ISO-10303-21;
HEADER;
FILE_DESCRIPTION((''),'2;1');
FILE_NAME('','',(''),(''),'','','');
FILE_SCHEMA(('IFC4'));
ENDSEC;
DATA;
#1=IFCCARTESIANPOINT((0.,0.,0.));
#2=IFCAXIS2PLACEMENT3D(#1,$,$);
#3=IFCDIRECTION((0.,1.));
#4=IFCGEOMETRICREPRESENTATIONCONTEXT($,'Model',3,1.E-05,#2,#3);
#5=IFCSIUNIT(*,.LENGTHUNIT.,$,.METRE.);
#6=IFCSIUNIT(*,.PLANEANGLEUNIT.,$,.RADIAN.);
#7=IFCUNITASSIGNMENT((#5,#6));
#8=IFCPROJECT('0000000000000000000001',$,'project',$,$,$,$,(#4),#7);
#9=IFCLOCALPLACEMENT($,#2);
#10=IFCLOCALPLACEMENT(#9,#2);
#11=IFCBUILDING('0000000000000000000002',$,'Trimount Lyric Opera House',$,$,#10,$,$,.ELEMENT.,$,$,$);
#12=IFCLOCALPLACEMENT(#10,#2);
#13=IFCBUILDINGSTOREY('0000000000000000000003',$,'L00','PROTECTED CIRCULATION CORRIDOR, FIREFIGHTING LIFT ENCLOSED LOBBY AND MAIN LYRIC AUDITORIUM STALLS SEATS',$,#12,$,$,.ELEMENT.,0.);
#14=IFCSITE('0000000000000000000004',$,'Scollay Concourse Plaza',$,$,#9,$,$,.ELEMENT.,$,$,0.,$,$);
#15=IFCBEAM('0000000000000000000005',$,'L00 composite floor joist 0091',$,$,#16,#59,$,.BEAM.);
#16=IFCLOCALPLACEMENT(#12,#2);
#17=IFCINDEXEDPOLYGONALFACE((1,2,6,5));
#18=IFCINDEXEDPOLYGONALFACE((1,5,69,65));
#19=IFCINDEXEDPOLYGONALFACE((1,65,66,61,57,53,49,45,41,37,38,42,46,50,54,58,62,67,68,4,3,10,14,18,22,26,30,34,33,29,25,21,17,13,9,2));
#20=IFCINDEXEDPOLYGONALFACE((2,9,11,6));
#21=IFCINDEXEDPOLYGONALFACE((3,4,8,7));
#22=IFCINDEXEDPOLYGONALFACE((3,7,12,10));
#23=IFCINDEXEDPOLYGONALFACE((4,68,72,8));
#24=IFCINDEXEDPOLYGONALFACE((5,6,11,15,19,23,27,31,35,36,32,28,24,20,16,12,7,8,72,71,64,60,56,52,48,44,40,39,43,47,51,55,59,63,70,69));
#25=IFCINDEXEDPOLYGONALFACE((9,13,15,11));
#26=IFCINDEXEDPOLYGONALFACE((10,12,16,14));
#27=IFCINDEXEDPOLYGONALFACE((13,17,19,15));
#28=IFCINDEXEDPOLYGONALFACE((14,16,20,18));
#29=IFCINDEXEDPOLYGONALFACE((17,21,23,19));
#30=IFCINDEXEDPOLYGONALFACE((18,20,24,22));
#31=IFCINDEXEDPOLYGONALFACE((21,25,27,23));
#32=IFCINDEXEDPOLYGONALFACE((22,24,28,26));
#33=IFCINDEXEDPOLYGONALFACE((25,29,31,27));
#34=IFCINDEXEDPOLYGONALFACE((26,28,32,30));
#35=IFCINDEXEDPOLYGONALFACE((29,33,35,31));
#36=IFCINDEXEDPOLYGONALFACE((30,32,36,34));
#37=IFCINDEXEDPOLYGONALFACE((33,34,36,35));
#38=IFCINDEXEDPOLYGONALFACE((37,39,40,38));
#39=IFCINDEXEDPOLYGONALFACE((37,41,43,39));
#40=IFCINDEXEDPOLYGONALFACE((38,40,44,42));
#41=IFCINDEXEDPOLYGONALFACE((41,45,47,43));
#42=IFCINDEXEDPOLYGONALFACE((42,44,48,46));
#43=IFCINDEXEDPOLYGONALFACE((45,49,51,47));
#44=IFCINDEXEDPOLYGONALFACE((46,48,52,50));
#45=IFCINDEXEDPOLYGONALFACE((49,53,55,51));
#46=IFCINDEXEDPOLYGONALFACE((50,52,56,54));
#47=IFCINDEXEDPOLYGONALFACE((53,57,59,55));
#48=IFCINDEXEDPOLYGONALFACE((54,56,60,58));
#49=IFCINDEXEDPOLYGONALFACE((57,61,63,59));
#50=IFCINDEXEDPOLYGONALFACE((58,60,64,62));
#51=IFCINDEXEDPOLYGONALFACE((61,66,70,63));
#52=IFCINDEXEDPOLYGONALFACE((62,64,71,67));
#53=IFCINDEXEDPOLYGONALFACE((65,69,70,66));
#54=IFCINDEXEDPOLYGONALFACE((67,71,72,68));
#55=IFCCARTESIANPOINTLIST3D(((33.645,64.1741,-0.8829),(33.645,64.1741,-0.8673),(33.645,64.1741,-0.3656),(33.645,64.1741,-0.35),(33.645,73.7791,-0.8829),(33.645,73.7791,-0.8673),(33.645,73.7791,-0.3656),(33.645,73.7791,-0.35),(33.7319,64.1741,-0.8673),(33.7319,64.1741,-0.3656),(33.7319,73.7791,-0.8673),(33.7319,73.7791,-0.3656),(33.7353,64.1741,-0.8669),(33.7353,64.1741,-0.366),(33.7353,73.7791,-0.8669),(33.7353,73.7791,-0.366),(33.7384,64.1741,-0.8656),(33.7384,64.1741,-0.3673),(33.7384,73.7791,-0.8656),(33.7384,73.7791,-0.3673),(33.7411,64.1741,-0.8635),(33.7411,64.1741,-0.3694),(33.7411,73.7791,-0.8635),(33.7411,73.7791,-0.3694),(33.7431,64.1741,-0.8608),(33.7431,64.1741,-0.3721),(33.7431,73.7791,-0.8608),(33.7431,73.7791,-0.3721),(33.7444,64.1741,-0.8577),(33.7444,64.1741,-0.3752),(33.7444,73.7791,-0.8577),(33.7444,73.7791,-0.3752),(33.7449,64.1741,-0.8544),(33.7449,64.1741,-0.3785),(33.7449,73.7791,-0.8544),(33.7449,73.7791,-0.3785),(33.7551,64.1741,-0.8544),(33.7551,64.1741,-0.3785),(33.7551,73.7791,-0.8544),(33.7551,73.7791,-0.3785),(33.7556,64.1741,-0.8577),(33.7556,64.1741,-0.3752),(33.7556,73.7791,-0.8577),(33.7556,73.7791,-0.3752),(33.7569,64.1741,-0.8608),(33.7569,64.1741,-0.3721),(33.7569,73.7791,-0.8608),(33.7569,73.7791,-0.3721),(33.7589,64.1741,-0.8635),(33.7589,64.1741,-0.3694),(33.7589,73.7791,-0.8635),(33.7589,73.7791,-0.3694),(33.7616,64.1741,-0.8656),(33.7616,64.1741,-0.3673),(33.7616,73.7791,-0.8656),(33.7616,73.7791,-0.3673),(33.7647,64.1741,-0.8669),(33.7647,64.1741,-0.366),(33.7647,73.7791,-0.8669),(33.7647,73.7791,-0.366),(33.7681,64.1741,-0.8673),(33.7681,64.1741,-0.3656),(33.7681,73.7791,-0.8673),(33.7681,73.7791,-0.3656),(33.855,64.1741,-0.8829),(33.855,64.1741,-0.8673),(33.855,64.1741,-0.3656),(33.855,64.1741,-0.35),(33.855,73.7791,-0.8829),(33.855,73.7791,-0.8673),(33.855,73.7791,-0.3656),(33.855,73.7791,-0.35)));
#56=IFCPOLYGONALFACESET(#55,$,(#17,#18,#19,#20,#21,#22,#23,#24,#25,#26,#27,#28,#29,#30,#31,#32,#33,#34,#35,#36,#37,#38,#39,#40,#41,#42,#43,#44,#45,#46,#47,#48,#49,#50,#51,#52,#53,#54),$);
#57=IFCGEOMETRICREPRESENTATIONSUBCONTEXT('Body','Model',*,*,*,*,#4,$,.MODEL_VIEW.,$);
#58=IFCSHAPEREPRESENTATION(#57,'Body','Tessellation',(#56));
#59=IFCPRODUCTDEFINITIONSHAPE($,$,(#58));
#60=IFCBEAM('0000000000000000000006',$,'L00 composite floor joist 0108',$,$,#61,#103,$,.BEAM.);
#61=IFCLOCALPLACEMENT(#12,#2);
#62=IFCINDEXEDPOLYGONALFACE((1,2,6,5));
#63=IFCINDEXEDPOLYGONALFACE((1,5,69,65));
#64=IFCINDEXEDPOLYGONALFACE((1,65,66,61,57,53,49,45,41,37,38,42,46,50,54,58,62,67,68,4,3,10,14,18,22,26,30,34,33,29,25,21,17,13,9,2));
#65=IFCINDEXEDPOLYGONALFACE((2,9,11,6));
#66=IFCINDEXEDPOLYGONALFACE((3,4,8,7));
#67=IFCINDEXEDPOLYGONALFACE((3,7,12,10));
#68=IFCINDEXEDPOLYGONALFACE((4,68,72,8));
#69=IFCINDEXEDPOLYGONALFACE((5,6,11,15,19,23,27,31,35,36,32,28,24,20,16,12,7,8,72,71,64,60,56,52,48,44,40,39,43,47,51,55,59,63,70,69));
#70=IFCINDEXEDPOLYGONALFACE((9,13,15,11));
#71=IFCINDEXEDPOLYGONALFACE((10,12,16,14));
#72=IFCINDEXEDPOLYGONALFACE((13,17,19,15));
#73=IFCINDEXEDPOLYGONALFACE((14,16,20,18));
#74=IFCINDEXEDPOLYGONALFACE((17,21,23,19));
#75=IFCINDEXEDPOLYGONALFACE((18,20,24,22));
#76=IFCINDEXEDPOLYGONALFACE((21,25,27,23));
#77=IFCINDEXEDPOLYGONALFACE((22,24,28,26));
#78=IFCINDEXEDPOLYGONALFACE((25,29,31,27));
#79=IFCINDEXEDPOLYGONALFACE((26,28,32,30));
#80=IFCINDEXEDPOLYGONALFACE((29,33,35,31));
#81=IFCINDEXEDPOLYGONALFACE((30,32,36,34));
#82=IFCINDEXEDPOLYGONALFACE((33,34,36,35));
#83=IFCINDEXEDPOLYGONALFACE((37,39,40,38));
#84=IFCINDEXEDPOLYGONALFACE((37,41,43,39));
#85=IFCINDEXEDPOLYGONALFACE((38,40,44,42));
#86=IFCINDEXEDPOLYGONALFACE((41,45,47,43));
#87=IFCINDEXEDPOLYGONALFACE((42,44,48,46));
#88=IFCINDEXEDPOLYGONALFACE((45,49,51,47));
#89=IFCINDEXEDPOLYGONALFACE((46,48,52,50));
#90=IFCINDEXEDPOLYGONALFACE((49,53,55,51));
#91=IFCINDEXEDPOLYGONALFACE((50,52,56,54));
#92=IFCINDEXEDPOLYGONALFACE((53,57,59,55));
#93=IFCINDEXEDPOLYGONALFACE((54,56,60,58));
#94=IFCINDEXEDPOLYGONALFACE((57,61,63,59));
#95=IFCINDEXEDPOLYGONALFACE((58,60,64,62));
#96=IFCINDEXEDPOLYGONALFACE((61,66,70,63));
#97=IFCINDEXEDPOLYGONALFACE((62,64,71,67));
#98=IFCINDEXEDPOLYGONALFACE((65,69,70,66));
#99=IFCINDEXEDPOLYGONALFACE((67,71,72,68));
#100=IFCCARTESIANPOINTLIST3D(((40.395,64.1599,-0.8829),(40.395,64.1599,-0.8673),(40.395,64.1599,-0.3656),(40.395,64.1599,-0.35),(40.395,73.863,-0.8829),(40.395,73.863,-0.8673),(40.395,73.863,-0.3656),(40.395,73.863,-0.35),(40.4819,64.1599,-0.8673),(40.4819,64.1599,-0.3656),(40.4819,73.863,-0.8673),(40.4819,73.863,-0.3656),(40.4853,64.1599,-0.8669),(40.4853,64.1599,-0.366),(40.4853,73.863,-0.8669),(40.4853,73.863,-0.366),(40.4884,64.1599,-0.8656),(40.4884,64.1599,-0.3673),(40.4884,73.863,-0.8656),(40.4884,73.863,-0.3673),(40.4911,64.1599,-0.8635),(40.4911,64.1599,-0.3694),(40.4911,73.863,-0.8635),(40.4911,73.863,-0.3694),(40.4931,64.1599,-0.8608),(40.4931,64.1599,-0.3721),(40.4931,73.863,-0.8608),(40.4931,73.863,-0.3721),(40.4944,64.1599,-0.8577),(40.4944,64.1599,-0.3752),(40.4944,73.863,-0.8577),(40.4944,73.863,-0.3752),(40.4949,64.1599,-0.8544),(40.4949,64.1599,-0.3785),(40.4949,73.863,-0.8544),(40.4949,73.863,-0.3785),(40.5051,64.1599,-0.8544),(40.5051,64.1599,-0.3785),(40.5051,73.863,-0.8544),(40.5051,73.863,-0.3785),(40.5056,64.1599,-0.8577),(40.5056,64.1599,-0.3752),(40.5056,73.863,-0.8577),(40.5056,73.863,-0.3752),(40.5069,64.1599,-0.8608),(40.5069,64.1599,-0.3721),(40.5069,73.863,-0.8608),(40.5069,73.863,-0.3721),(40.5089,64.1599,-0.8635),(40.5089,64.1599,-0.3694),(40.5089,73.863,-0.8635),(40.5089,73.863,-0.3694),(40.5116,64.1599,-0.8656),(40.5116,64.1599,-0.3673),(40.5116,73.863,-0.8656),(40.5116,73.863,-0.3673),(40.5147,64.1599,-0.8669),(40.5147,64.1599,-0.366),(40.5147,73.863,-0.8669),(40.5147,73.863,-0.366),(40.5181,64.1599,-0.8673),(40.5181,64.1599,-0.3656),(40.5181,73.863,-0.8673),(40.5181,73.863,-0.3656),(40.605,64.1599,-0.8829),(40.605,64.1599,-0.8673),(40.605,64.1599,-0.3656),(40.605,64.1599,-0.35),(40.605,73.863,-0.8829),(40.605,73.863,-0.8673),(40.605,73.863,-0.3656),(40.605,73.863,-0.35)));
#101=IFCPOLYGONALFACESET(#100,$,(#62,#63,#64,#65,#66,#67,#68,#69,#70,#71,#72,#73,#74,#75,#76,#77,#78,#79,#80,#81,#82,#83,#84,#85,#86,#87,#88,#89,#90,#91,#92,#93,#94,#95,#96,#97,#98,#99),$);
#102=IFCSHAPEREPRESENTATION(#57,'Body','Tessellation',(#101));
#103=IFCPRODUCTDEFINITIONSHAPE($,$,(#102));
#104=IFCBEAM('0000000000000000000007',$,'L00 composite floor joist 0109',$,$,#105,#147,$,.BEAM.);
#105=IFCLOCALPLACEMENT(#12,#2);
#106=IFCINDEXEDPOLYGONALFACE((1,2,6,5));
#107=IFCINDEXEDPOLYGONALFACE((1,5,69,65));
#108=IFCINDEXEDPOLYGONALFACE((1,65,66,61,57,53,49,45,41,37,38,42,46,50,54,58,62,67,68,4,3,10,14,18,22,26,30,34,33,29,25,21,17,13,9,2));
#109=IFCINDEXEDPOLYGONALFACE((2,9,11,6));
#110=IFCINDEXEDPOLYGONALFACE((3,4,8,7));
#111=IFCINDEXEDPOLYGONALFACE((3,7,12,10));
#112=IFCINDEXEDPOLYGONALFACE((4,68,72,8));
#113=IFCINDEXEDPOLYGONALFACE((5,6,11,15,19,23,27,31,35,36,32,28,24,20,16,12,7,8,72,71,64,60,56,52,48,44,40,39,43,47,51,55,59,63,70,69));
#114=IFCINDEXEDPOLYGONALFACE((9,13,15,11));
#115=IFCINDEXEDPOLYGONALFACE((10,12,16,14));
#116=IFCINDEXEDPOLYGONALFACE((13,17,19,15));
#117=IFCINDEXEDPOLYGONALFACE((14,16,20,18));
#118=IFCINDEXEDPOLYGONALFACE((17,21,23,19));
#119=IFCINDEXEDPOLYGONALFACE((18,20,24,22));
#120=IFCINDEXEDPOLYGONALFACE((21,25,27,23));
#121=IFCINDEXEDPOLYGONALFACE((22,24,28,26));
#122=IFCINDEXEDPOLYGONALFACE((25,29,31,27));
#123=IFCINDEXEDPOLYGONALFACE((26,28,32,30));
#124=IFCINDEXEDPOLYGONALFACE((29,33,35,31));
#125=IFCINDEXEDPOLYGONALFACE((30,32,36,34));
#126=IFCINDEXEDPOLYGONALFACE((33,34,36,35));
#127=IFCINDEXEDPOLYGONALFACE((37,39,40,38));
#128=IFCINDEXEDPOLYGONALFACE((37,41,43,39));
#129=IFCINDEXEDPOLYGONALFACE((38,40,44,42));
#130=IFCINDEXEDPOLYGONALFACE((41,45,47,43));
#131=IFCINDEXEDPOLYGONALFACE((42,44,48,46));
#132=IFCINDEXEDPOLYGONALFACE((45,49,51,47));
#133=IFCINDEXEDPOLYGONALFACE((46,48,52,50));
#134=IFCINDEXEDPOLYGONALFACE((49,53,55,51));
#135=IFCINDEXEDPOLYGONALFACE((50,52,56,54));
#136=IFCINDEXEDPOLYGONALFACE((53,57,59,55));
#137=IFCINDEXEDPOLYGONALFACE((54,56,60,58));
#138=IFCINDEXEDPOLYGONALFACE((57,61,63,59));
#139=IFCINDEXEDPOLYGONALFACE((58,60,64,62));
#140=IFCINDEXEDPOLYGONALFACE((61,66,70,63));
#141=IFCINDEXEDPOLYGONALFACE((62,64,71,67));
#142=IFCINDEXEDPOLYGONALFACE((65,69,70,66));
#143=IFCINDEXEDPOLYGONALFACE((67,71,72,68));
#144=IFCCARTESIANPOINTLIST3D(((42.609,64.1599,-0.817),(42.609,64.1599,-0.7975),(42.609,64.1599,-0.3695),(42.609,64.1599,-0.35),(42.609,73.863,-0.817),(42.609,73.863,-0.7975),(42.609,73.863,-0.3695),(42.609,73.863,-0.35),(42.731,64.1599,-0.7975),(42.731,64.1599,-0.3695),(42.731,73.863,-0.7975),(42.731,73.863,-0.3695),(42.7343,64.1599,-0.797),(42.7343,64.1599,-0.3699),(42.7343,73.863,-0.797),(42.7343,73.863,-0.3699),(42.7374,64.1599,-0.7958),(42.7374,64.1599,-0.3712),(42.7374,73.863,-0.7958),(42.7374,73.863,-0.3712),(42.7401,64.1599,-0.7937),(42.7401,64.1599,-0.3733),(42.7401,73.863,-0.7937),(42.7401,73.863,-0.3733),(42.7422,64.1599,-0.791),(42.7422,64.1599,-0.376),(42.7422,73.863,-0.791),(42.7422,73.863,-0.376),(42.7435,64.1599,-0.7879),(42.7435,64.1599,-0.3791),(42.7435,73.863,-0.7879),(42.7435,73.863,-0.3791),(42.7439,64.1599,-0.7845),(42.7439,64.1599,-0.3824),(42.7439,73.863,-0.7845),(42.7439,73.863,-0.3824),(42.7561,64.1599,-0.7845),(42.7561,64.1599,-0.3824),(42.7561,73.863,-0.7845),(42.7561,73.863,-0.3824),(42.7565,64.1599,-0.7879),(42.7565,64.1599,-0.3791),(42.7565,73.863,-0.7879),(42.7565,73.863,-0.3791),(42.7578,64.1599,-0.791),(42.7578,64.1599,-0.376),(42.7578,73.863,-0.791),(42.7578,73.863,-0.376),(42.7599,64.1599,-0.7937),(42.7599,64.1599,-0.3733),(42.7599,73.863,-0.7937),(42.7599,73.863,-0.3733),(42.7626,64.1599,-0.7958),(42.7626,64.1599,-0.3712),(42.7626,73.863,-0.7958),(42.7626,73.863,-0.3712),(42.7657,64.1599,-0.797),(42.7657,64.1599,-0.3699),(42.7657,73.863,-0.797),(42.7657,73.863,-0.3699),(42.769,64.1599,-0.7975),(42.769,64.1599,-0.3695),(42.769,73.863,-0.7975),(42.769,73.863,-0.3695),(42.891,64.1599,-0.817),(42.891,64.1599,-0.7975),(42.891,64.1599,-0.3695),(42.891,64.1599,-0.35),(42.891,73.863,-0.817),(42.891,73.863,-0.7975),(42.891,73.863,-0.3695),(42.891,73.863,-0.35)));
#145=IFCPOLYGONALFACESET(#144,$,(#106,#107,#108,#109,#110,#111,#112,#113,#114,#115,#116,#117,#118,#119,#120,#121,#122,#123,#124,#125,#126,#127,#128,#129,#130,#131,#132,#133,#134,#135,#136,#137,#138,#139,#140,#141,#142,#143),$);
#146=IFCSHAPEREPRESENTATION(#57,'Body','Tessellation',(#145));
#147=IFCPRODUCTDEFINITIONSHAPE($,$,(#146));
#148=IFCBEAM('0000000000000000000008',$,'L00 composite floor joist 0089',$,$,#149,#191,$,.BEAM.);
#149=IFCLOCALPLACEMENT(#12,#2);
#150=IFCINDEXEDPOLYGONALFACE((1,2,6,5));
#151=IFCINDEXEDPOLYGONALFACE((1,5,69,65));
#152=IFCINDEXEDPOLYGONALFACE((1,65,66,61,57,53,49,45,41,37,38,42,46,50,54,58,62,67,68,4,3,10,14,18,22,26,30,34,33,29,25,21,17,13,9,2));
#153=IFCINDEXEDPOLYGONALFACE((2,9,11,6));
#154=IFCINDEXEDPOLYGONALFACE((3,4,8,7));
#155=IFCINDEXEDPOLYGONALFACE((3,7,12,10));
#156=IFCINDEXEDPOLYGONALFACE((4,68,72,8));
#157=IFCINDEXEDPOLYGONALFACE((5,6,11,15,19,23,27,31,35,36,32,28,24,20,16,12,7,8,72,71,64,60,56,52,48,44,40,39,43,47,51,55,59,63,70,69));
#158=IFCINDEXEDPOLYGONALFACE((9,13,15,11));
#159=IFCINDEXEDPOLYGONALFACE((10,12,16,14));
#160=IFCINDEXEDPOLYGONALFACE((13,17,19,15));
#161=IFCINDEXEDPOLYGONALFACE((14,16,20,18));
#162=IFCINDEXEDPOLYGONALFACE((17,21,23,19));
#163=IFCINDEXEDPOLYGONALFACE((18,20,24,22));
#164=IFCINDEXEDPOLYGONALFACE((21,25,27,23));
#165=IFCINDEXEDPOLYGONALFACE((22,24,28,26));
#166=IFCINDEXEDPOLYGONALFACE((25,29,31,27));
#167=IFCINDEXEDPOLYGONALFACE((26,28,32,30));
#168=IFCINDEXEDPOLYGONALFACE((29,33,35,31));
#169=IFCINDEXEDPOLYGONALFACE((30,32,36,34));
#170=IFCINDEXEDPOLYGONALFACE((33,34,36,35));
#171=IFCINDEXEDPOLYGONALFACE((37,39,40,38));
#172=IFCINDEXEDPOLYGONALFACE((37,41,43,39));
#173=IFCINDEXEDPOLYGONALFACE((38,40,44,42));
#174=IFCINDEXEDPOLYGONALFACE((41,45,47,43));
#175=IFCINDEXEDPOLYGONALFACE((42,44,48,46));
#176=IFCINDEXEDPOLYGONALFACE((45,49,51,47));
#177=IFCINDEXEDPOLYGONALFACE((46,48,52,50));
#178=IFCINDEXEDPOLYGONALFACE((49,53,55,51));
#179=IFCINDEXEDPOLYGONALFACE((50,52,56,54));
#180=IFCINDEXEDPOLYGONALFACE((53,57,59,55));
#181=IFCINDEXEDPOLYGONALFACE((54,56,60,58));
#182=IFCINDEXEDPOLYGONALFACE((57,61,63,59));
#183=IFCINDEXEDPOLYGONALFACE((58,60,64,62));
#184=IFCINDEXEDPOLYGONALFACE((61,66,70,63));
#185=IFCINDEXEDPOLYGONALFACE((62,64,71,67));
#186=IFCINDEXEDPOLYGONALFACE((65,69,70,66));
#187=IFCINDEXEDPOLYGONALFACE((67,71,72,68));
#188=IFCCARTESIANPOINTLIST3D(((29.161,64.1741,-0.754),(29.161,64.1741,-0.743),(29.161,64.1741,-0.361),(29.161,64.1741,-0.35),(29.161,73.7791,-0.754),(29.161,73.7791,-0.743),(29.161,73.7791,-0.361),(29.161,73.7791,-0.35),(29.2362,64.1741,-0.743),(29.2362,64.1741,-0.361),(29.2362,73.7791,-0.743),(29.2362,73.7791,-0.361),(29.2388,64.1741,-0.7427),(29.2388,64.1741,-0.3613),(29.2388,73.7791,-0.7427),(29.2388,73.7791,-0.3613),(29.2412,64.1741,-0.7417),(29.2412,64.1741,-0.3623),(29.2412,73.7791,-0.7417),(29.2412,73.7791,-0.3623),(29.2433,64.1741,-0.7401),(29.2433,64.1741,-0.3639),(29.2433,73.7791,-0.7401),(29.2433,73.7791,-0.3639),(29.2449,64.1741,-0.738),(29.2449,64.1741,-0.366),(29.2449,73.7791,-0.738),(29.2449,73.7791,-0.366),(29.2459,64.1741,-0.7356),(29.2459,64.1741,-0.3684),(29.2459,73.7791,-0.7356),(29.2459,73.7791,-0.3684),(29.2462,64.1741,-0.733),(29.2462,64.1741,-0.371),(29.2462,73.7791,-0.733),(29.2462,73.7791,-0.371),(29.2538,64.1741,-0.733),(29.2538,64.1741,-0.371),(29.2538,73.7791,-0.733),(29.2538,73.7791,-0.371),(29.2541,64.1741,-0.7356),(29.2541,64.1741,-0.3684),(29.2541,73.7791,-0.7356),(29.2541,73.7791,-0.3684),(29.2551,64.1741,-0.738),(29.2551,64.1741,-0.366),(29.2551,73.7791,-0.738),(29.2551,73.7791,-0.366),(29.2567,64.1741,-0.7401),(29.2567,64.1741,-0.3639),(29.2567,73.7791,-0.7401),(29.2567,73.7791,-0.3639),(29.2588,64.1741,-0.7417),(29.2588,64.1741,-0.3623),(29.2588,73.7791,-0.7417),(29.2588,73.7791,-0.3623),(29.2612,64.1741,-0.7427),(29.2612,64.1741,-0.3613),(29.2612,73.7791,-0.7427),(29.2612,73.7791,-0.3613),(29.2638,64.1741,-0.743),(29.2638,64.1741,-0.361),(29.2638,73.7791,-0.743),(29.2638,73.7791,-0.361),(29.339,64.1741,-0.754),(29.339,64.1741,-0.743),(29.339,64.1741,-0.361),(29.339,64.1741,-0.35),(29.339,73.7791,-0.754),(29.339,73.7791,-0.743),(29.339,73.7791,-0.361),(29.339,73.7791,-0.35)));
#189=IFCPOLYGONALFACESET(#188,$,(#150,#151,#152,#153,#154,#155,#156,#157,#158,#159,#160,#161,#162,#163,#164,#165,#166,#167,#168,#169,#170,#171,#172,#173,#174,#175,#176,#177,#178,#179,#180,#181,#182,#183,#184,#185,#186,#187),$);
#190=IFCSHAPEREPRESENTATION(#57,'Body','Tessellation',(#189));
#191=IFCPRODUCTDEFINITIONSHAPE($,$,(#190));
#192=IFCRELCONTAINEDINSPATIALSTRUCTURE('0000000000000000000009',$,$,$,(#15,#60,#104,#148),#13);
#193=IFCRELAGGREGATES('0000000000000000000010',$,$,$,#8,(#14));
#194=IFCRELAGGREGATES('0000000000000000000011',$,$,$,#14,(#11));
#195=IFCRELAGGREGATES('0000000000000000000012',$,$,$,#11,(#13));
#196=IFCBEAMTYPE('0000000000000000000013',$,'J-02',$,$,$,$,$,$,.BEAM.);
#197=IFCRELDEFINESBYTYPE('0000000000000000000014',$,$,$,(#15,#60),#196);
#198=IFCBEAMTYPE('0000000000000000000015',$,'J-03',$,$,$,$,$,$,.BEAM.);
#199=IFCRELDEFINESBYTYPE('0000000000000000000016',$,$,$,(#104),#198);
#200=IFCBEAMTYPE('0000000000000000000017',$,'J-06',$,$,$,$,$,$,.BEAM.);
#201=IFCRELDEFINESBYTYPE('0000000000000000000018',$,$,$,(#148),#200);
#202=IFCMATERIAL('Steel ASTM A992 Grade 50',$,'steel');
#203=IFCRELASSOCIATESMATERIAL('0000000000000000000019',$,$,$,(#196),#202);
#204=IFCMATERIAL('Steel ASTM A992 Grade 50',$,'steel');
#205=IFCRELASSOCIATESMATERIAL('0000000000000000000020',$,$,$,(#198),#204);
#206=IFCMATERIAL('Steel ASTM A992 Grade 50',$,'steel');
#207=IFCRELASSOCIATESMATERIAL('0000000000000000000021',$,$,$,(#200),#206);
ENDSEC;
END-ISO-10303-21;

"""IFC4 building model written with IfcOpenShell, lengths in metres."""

from ifc_helpers import new_model, si_unit, direction, frame, origin, origin_2d, place, context, subcontext, project, spatial, i_section, extrude, material, material_profile, profile_set, type_object, element, save


model = new_model("IFC4")

# Units and contexts
model_context = context("Model", 3, precision=1e-05, world=origin(), true_north=direction((0.0, 1.0)))
body_context = subcontext(model_context, "Body", "Model", "MODEL_VIEW")
ifc_project = project(units=[si_unit("LENGTHUNIT", "METRE"), si_unit("PLANEANGLEUNIT", "RADIAN")], contexts=[model_context])

# Site, building, storey
site_placement = place(None, origin())
site = spatial("IfcSite", under=ifc_project, at=site_placement, Name="Scollay Concourse Plaza", CompositionType="ELEMENT", RefElevation=0.0)
building_placement = place(site_placement, origin())
building = spatial("IfcBuilding", under=site, at=building_placement, Name="Trimount Lyric Opera House", CompositionType="ELEMENT")
storey_placement = place(building_placement, origin())
storey = spatial("IfcBuildingStorey", under=building, at=storey_placement, Name="L00", Description="PROTECTED CIRCULATION CORRIDOR, FIREFIGHTING LIFT ENCLOSED LOBBY AND MAIN LYRIC AUDITORIUM STALLS SEATS", CompositionType="ELEMENT", Elevation=0.0)

# Beams
ifc_material_1 = material(Name="Steel ASTM A992 Grade 50", Category="steel")
ifc_material_profile_1 = material_profile(ifc_material_1, i_section(OverallWidth=0.21, OverallDepth=0.533, WebThickness=0.0103, FlangeThickness=0.0156, FilletRadius=0.0129, at=origin_2d()), Name="W21X62")
ifc_profile_set_1 = profile_set([ifc_material_profile_1], Name="Steel ASTM A992 Grade 50")
beam_type_1 = type_object("IfcBeamType", Name="J-02", PredefinedType="BEAM", material=ifc_profile_set_1)
beam_1_placement = place(storey_placement, frame((33.75, 64.1741, -0.6165), z_axis=(0.0, 1.0, 0.0), x_axis=(-1.0, 0.0, 0.0)))
element("IfcBeam", 1, at=beam_1_placement, inside=storey, type_object=beam_type_1, Name="L00 composite floor joist 0091", PredefinedType="BEAM", context=body_context, shape_type="SweptSolid", body=[
    extrude(i_section(OverallWidth=0.21, OverallDepth=0.533, WebThickness=0.0103, FlangeThickness=0.0156, FilletRadius=0.0129, at=origin_2d()), origin(), (0.0, 0.0, 1.0), 9.605),
])
beam_2_placement = place(storey_placement, frame((40.5, 64.1599, -0.6165), z_axis=(0.0, 1.0, 0.0), x_axis=(-1.0, 0.0, 0.0)))
element("IfcBeam", 2, at=beam_2_placement, inside=storey, type_object=beam_type_1, Name="L00 composite floor joist 0108", PredefinedType="BEAM", context=body_context, shape_type="SweptSolid", body=[
    extrude(i_section(OverallWidth=0.21, OverallDepth=0.533, WebThickness=0.0103, FlangeThickness=0.0156, FilletRadius=0.0129, at=origin_2d()), origin(), (0.0, 0.0, 1.0), 9.7031),
])
ifc_material_2 = material(Name="Steel ASTM A992 Grade 50", Category="steel")
ifc_material_profile_2 = material_profile(ifc_material_2, i_section(OverallWidth=0.282, OverallDepth=0.467, WebThickness=0.0122, FlangeThickness=0.0195, FilletRadius=0.0129, at=origin_2d()), Name="W18X86")
ifc_profile_set_2 = profile_set([ifc_material_profile_2], Name="Steel ASTM A992 Grade 50")
beam_type_2 = type_object("IfcBeamType", Name="J-03", PredefinedType="BEAM", material=ifc_profile_set_2)
beam_3_placement = place(storey_placement, frame((42.75, 64.1599, -0.5835), z_axis=(0.0, 1.0, 0.0), x_axis=(-1.0, 0.0, 0.0)))
element("IfcBeam", 3, at=beam_3_placement, inside=storey, type_object=beam_type_2, Name="L00 composite floor joist 0109", PredefinedType="BEAM", context=body_context, shape_type="SweptSolid", body=[
    extrude(i_section(OverallWidth=0.282, OverallDepth=0.467, WebThickness=0.0122, FlangeThickness=0.0195, FilletRadius=0.0129, at=origin_2d()), origin(), (0.0, 0.0, 1.0), 9.7031),
])
ifc_material_3 = material(Name="Steel ASTM A992 Grade 50", Category="steel")
ifc_material_profile_3 = material_profile(ifc_material_3, i_section(OverallWidth=0.178, OverallDepth=0.4041, WebThickness=0.0076, FlangeThickness=0.011, FilletRadius=0.01, at=origin_2d()), Name="W16X36")
ifc_profile_set_3 = profile_set([ifc_material_profile_3], Name="Steel ASTM A992 Grade 50")
beam_type_3 = type_object("IfcBeamType", Name="J-06", PredefinedType="BEAM", material=ifc_profile_set_3)
beam_4_placement = place(storey_placement, frame((29.25, 64.1741, -0.552), z_axis=(0.0, 1.0, 0.0), x_axis=(-1.0, 0.0, 0.0)))
element("IfcBeam", 4, at=beam_4_placement, inside=storey, type_object=beam_type_3, Name="L00 composite floor joist 0089", PredefinedType="BEAM", context=body_context, shape_type="SweptSolid", body=[
    extrude(i_section(OverallWidth=0.178, OverallDepth=0.4041, WebThickness=0.0076, FlangeThickness=0.011, FilletRadius=0.01, at=origin_2d()), origin(), (0.0, 0.0, 1.0), 9.605),
])

save(model, "model.ifc")
